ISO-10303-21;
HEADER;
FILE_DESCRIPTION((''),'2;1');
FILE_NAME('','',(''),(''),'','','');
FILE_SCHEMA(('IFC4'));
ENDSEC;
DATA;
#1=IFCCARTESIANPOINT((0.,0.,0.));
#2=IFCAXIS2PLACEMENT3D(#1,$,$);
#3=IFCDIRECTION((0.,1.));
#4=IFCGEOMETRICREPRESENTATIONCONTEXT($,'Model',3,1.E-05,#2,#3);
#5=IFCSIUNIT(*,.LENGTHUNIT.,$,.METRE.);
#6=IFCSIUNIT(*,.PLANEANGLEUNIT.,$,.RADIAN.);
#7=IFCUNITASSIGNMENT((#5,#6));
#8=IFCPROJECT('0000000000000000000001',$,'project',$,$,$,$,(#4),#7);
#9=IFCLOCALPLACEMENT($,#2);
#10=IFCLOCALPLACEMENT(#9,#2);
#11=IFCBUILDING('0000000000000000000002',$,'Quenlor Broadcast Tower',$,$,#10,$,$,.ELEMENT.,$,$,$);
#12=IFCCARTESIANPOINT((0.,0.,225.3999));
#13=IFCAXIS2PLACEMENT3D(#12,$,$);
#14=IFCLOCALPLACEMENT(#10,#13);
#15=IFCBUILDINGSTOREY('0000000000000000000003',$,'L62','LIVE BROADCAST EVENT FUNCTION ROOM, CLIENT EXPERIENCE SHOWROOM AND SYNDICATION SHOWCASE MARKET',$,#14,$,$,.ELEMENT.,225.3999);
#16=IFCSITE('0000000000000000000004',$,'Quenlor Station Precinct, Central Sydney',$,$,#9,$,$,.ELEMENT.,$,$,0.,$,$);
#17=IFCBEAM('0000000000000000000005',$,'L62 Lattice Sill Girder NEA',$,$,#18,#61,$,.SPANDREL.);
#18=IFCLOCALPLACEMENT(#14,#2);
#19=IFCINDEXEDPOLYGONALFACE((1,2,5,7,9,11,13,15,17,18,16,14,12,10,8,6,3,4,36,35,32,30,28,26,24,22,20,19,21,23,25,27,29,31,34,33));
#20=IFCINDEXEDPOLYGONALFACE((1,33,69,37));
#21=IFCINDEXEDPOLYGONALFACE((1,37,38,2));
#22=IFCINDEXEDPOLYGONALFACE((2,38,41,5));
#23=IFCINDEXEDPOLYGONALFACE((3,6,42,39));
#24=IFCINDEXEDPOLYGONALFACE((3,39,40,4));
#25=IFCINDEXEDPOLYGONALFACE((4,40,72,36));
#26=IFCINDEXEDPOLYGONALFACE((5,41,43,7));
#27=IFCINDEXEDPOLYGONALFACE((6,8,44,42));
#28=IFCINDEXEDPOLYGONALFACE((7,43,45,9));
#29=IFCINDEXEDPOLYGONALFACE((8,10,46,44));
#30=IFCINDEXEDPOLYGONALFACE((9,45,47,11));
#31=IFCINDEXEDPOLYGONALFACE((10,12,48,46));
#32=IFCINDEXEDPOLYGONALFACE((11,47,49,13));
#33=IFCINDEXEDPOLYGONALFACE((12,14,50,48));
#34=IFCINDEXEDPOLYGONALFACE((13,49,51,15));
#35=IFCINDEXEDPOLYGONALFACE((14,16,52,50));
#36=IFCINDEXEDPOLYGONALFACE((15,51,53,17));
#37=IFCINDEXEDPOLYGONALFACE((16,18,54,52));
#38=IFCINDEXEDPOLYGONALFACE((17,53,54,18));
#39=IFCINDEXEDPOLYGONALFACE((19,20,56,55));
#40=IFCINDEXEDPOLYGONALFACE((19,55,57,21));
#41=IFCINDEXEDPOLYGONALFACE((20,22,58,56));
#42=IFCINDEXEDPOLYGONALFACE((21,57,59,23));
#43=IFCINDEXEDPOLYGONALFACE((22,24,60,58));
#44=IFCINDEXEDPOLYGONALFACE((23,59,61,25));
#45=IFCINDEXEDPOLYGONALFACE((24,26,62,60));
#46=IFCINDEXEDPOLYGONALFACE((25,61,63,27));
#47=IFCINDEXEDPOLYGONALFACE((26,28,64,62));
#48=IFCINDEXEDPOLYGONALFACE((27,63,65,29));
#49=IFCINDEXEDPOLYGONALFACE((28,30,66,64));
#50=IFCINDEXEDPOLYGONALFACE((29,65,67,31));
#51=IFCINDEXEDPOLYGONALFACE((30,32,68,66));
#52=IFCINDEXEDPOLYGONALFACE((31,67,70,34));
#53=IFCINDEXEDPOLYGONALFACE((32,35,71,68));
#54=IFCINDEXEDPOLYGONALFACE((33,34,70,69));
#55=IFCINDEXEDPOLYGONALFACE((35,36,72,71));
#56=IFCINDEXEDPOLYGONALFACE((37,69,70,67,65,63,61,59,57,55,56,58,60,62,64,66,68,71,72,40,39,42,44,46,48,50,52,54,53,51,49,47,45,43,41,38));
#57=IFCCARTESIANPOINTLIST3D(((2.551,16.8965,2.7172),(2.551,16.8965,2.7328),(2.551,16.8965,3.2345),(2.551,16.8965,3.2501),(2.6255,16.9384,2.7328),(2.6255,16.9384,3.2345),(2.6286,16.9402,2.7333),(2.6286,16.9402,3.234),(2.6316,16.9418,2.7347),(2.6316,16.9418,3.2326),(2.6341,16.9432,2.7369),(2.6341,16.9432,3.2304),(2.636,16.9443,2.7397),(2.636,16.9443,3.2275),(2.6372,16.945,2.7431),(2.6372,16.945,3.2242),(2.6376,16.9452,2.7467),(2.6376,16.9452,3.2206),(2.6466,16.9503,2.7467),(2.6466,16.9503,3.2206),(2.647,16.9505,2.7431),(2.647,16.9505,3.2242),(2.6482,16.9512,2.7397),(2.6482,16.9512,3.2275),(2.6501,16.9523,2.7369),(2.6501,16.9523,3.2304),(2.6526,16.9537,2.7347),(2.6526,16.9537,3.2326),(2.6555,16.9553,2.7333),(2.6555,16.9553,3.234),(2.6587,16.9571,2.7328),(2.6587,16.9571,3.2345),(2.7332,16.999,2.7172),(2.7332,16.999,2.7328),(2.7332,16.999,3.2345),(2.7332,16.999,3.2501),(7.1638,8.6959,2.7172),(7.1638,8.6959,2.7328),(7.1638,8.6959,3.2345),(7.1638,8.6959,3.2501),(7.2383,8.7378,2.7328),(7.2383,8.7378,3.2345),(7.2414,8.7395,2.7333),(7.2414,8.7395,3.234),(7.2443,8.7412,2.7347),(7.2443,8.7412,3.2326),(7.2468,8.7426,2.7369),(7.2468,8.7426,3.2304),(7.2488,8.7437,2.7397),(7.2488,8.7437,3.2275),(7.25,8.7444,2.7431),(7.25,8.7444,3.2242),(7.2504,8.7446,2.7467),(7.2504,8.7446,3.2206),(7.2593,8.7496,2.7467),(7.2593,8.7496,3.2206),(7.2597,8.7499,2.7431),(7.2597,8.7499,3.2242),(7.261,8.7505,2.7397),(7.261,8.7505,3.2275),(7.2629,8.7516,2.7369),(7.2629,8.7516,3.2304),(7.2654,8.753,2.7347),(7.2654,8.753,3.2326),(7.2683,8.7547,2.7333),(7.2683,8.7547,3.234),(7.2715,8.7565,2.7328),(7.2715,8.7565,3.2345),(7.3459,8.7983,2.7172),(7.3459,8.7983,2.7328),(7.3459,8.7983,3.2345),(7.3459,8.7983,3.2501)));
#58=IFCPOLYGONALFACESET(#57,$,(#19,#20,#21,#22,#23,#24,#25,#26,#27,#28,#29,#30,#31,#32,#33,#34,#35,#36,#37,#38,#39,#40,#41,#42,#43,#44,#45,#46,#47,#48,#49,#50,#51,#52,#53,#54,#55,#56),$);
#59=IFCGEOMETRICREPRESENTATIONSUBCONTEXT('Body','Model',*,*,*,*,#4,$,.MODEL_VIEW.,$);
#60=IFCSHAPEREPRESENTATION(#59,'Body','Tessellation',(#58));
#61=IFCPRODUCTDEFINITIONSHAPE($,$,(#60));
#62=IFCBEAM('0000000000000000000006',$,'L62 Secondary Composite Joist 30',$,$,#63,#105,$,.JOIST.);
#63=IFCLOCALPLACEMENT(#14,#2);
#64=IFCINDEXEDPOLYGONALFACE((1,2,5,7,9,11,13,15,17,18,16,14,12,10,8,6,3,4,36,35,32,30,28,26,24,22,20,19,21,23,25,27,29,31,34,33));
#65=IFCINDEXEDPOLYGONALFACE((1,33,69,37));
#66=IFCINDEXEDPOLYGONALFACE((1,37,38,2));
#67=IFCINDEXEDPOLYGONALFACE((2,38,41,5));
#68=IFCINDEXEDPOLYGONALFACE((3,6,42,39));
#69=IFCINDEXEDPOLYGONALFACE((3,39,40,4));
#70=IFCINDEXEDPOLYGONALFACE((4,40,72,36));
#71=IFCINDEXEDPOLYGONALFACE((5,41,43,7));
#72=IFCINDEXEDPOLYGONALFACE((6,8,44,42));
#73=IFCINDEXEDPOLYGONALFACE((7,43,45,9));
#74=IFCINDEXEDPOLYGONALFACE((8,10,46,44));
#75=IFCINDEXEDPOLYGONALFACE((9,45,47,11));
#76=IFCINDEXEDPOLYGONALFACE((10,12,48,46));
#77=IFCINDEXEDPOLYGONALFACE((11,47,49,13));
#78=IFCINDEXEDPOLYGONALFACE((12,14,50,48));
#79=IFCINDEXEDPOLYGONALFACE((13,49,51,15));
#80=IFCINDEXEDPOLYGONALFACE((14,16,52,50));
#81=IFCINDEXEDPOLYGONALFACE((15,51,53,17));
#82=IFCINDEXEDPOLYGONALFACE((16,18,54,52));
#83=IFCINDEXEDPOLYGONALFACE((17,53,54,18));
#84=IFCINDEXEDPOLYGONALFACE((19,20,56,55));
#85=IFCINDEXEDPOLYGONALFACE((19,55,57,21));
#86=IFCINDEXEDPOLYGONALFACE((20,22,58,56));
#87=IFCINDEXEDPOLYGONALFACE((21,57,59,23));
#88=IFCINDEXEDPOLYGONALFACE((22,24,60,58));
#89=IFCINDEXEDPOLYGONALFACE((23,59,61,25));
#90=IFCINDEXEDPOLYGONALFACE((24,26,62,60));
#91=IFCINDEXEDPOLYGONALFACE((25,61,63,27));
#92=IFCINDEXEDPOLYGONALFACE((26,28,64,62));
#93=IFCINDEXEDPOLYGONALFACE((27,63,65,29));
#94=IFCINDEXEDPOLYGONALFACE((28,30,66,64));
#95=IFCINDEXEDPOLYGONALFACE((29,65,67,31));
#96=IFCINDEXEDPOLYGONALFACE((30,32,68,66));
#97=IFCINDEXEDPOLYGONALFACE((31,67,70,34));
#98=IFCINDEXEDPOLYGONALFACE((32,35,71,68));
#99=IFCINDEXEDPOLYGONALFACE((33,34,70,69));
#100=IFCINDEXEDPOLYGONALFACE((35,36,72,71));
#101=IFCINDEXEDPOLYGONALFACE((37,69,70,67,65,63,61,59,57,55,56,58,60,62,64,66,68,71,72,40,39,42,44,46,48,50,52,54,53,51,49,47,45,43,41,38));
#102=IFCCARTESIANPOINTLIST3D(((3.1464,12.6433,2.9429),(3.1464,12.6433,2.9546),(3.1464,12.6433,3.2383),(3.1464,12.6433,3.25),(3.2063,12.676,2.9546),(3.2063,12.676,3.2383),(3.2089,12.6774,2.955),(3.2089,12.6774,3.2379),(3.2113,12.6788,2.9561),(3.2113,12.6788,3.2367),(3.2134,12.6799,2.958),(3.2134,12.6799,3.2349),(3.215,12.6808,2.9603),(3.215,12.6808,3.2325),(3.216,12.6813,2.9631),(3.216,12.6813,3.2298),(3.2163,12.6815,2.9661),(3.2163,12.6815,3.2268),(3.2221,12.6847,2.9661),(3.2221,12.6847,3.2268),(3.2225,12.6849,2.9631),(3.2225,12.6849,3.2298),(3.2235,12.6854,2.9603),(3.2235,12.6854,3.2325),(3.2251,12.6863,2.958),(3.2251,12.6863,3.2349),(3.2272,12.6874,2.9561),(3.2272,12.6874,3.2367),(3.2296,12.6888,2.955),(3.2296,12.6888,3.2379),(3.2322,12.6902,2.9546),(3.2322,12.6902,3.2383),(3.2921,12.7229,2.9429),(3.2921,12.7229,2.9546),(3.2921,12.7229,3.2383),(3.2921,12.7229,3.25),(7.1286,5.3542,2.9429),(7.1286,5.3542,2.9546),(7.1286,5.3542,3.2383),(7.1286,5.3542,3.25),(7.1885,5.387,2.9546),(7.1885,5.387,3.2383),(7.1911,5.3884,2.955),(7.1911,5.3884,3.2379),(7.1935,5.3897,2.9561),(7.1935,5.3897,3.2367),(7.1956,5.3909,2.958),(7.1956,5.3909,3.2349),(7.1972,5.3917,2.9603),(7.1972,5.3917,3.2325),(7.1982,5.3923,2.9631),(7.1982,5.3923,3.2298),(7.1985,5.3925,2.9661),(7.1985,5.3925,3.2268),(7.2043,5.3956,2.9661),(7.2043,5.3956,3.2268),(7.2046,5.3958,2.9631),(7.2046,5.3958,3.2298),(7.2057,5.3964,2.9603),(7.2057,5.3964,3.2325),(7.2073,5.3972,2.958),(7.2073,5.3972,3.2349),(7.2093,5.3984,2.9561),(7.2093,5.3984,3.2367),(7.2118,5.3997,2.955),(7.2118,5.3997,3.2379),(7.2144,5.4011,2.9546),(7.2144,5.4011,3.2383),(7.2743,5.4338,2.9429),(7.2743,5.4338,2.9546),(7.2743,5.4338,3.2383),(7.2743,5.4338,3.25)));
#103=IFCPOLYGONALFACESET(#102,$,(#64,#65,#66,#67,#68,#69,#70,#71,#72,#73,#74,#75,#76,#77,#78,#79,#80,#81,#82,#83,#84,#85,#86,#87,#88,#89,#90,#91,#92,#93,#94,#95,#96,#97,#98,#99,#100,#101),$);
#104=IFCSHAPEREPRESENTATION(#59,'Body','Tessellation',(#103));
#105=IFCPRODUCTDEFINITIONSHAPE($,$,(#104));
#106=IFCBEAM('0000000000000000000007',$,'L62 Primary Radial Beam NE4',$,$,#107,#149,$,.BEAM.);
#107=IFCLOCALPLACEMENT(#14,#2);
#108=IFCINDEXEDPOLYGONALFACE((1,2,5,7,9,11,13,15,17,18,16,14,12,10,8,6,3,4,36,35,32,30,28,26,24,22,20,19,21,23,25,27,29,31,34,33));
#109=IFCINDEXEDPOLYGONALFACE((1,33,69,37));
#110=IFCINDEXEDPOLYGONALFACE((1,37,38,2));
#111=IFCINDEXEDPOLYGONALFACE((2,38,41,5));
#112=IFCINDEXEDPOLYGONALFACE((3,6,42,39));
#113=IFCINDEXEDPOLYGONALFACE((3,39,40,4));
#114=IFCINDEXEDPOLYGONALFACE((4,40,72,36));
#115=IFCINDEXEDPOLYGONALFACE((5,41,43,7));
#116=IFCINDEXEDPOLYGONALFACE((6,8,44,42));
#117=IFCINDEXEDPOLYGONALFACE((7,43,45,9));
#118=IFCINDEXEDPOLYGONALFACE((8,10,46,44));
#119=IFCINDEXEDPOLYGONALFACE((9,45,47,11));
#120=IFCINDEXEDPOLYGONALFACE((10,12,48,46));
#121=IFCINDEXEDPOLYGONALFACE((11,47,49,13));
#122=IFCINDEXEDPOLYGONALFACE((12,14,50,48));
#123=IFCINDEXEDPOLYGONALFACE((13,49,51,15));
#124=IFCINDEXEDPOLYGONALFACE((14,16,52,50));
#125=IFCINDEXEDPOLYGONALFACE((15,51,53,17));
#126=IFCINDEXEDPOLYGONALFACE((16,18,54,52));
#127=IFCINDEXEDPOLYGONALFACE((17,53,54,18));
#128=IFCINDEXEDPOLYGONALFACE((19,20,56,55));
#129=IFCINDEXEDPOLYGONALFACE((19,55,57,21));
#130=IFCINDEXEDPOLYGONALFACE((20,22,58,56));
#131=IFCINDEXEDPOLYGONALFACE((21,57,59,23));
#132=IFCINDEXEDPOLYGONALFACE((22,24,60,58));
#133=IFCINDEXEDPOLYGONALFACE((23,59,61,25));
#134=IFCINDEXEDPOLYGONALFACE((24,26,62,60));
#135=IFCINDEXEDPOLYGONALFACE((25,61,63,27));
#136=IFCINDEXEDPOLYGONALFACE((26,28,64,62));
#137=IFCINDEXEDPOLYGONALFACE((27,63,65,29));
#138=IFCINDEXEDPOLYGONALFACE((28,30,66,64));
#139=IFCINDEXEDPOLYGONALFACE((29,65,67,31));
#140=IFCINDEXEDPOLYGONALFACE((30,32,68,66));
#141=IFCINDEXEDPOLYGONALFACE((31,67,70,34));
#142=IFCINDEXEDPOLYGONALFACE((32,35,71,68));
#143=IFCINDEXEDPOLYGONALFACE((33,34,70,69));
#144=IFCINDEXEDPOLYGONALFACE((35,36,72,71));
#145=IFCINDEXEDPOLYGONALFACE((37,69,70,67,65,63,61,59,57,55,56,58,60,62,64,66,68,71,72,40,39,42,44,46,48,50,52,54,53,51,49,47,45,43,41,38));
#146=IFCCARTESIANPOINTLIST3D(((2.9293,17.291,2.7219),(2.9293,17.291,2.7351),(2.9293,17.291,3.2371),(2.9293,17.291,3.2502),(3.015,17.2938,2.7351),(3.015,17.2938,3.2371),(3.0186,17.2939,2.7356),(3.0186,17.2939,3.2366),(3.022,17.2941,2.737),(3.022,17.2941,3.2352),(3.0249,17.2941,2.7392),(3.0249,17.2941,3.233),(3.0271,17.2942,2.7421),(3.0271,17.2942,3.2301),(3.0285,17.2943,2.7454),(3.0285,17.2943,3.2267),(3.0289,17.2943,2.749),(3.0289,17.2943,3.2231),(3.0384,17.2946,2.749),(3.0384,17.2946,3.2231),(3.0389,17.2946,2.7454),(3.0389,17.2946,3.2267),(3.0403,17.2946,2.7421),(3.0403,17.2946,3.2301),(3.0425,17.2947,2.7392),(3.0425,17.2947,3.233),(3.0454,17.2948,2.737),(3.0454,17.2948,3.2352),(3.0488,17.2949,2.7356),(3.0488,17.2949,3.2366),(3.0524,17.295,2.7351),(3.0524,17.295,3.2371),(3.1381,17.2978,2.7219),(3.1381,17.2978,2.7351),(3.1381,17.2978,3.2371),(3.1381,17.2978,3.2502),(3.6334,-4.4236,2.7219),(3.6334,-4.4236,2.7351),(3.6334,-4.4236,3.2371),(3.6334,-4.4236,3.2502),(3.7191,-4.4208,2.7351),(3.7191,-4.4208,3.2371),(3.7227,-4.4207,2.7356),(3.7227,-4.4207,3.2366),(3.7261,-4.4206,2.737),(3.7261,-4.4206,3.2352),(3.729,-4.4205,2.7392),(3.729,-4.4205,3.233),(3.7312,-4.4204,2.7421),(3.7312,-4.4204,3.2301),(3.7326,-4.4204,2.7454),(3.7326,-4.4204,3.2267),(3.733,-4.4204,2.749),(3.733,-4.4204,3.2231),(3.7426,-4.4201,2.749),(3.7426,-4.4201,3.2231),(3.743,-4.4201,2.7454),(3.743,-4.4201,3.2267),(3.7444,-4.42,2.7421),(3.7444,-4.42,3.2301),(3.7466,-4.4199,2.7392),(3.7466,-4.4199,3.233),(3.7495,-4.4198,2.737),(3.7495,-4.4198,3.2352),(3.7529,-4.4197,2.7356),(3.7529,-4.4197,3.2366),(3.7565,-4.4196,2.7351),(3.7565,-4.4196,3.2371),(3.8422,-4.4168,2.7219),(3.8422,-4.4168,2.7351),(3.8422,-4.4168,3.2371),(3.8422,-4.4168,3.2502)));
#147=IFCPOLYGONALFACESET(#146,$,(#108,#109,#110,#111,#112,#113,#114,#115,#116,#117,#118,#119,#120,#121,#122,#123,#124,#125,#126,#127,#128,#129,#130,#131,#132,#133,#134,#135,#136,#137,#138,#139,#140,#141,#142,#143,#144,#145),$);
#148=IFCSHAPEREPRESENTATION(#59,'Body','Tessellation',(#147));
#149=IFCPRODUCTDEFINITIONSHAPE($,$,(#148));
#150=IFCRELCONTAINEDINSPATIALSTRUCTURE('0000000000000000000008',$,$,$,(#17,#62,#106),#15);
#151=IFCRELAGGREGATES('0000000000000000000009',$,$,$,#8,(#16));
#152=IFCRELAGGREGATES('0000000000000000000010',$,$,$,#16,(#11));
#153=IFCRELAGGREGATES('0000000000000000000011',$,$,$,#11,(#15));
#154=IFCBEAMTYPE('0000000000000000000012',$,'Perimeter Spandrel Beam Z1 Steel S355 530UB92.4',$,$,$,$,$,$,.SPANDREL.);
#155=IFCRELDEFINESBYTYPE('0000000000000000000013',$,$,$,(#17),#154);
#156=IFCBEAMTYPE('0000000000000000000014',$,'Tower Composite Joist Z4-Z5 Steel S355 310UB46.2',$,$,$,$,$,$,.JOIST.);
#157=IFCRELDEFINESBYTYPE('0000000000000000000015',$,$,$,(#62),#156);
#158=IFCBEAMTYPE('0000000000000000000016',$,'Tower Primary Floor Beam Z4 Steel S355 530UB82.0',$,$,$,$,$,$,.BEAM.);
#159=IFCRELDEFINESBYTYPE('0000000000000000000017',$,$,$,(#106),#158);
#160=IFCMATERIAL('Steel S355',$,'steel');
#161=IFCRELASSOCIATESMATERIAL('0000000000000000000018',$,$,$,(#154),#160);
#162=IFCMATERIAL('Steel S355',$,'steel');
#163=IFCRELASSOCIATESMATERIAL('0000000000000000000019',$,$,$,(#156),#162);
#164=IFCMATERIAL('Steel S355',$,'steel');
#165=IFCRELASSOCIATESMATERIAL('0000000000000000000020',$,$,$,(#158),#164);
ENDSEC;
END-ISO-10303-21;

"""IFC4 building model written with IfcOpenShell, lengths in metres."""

from ifc_helpers import new_model, si_unit, direction, frame, origin, origin_2d, place, context, subcontext, project, spatial, i_section, extrude, material, material_profile, profile_set, type_object, element, save


model = new_model("IFC4")

# Units and contexts
model_context = context("Model", 3, precision=1e-05, world=origin(), true_north=direction((0.0, 1.0)))
body_context = subcontext(model_context, "Body", "Model", "MODEL_VIEW")
ifc_project = project(units=[si_unit("LENGTHUNIT", "METRE"), si_unit("PLANEANGLEUNIT", "RADIAN")], contexts=[model_context])

# Site, building, storey
site_placement = place(None, origin())
site = spatial("IfcSite", under=ifc_project, at=site_placement, Name="Quenlor Station Precinct, Central Sydney", CompositionType="ELEMENT", RefElevation=0.0)
building_placement = place(site_placement, origin())
building = spatial("IfcBuilding", under=site, at=building_placement, Name="Quenlor Broadcast Tower", CompositionType="ELEMENT")
storey_placement = place(building_placement, frame((0.0, 0.0, 225.3999)))
storey = spatial("IfcBuildingStorey", under=building, at=storey_placement, Name="L62", Description="LIVE BROADCAST EVENT FUNCTION ROOM, CLIENT EXPERIENCE SHOWROOM AND SYNDICATION SHOWCASE MARKET", CompositionType="ELEMENT", Elevation=225.3999)

# Beams
ifc_material_1 = material(Name="Steel S355", Category="steel")
ifc_material_profile_1 = material_profile(ifc_material_1, i_section(OverallWidth=0.209, OverallDepth=0.533, WebThickness=0.0103, FlangeThickness=0.0156, FilletRadius=0.0139, at=origin_2d()))
ifc_profile_set_1 = profile_set([ifc_material_profile_1], Name="Steel S355 530UB92.4")
beam_type_1 = type_object("IfcBeamType", Name="Perimeter Spandrel Beam Z1 Steel S355 530UB92.4", PredefinedType="SPANDREL", material=ifc_profile_set_1)
beam_1_placement = place(storey_placement, frame((2.6421, 16.9478, 2.9836), z_axis=(0.490254, -0.87158, 0.0), x_axis=(0.87158, 0.490254, 0.0)))
element("IfcBeam", 1, at=beam_1_placement, inside=storey, type_object=beam_type_1, Name="L62 Lattice Sill Girder NEA", PredefinedType="SPANDREL", context=body_context, shape_type="SweptSolid", body=[
    extrude(i_section(OverallWidth=0.209, OverallDepth=0.533, WebThickness=0.0103, FlangeThickness=0.0156, FilletRadius=0.0139, at=origin_2d()), origin(), (0.0, 0.0, 1.0), 9.4089),
])
ifc_material_2 = material(Name="Steel S355", Category="steel")
ifc_material_profile_2 = material_profile(ifc_material_2, i_section(OverallWidth=0.166, OverallDepth=0.3071, WebThickness=0.0066, FlangeThickness=0.0117, FilletRadius=0.0115, at=origin_2d()))
ifc_profile_set_2 = profile_set([ifc_material_profile_2], Name="Steel S355 310UB46.2")
beam_type_2 = type_object("IfcBeamType", Name="Tower Composite Joist Z4-Z5 Steel S355 310UB46.2", PredefinedType="JOIST", material=ifc_profile_set_2)
beam_2_placement = place(storey_placement, frame((3.2192, 12.6831, 3.0964), z_axis=(0.479439, -0.877575, 0.0), x_axis=(0.877575, 0.479439, 0.0)))
element("IfcBeam", 2, at=beam_2_placement, inside=storey, type_object=beam_type_2, Name="L62 Secondary Composite Joist 30", PredefinedType="JOIST", context=body_context, shape_type="SweptSolid", body=[
    extrude(i_section(OverallWidth=0.166, OverallDepth=0.3071, WebThickness=0.0066, FlangeThickness=0.0117, FilletRadius=0.0115, at=origin_2d()), origin(), (0.0, 0.0, 1.0), 8.3059),
])
ifc_material_3 = material(Name="Steel S355", Category="steel")
ifc_material_profile_3 = material_profile(ifc_material_3, i_section(OverallWidth=0.209, OverallDepth=0.5283, WebThickness=0.0095, FlangeThickness=0.0132, FilletRadius=0.0139, at=origin_2d()))
ifc_profile_set_3 = profile_set([ifc_material_profile_3], Name="Steel S355 530UB82.0")
beam_type_3 = type_object("IfcBeamType", Name="Tower Primary Floor Beam Z4 Steel S355 530UB82.0", PredefinedType="BEAM", material=ifc_profile_set_3)
beam_3_placement = place(storey_placement, frame((3.0337, 17.2944, 2.9861), z_axis=(0.032408, -0.999475, 0.0), x_axis=(0.999475, 0.032408, 0.0)))
element("IfcBeam", 3, at=beam_3_placement, inside=storey, type_object=beam_type_3, Name="L62 Primary Radial Beam NE4", PredefinedType="BEAM", context=body_context, shape_type="SweptSolid", body=[
    extrude(i_section(OverallWidth=0.209, OverallDepth=0.5283, WebThickness=0.0095, FlangeThickness=0.0132, FilletRadius=0.0139, at=origin_2d()), origin(), (0.0, 0.0, 1.0), 21.7261),
])

save(model, "model.ifc")
